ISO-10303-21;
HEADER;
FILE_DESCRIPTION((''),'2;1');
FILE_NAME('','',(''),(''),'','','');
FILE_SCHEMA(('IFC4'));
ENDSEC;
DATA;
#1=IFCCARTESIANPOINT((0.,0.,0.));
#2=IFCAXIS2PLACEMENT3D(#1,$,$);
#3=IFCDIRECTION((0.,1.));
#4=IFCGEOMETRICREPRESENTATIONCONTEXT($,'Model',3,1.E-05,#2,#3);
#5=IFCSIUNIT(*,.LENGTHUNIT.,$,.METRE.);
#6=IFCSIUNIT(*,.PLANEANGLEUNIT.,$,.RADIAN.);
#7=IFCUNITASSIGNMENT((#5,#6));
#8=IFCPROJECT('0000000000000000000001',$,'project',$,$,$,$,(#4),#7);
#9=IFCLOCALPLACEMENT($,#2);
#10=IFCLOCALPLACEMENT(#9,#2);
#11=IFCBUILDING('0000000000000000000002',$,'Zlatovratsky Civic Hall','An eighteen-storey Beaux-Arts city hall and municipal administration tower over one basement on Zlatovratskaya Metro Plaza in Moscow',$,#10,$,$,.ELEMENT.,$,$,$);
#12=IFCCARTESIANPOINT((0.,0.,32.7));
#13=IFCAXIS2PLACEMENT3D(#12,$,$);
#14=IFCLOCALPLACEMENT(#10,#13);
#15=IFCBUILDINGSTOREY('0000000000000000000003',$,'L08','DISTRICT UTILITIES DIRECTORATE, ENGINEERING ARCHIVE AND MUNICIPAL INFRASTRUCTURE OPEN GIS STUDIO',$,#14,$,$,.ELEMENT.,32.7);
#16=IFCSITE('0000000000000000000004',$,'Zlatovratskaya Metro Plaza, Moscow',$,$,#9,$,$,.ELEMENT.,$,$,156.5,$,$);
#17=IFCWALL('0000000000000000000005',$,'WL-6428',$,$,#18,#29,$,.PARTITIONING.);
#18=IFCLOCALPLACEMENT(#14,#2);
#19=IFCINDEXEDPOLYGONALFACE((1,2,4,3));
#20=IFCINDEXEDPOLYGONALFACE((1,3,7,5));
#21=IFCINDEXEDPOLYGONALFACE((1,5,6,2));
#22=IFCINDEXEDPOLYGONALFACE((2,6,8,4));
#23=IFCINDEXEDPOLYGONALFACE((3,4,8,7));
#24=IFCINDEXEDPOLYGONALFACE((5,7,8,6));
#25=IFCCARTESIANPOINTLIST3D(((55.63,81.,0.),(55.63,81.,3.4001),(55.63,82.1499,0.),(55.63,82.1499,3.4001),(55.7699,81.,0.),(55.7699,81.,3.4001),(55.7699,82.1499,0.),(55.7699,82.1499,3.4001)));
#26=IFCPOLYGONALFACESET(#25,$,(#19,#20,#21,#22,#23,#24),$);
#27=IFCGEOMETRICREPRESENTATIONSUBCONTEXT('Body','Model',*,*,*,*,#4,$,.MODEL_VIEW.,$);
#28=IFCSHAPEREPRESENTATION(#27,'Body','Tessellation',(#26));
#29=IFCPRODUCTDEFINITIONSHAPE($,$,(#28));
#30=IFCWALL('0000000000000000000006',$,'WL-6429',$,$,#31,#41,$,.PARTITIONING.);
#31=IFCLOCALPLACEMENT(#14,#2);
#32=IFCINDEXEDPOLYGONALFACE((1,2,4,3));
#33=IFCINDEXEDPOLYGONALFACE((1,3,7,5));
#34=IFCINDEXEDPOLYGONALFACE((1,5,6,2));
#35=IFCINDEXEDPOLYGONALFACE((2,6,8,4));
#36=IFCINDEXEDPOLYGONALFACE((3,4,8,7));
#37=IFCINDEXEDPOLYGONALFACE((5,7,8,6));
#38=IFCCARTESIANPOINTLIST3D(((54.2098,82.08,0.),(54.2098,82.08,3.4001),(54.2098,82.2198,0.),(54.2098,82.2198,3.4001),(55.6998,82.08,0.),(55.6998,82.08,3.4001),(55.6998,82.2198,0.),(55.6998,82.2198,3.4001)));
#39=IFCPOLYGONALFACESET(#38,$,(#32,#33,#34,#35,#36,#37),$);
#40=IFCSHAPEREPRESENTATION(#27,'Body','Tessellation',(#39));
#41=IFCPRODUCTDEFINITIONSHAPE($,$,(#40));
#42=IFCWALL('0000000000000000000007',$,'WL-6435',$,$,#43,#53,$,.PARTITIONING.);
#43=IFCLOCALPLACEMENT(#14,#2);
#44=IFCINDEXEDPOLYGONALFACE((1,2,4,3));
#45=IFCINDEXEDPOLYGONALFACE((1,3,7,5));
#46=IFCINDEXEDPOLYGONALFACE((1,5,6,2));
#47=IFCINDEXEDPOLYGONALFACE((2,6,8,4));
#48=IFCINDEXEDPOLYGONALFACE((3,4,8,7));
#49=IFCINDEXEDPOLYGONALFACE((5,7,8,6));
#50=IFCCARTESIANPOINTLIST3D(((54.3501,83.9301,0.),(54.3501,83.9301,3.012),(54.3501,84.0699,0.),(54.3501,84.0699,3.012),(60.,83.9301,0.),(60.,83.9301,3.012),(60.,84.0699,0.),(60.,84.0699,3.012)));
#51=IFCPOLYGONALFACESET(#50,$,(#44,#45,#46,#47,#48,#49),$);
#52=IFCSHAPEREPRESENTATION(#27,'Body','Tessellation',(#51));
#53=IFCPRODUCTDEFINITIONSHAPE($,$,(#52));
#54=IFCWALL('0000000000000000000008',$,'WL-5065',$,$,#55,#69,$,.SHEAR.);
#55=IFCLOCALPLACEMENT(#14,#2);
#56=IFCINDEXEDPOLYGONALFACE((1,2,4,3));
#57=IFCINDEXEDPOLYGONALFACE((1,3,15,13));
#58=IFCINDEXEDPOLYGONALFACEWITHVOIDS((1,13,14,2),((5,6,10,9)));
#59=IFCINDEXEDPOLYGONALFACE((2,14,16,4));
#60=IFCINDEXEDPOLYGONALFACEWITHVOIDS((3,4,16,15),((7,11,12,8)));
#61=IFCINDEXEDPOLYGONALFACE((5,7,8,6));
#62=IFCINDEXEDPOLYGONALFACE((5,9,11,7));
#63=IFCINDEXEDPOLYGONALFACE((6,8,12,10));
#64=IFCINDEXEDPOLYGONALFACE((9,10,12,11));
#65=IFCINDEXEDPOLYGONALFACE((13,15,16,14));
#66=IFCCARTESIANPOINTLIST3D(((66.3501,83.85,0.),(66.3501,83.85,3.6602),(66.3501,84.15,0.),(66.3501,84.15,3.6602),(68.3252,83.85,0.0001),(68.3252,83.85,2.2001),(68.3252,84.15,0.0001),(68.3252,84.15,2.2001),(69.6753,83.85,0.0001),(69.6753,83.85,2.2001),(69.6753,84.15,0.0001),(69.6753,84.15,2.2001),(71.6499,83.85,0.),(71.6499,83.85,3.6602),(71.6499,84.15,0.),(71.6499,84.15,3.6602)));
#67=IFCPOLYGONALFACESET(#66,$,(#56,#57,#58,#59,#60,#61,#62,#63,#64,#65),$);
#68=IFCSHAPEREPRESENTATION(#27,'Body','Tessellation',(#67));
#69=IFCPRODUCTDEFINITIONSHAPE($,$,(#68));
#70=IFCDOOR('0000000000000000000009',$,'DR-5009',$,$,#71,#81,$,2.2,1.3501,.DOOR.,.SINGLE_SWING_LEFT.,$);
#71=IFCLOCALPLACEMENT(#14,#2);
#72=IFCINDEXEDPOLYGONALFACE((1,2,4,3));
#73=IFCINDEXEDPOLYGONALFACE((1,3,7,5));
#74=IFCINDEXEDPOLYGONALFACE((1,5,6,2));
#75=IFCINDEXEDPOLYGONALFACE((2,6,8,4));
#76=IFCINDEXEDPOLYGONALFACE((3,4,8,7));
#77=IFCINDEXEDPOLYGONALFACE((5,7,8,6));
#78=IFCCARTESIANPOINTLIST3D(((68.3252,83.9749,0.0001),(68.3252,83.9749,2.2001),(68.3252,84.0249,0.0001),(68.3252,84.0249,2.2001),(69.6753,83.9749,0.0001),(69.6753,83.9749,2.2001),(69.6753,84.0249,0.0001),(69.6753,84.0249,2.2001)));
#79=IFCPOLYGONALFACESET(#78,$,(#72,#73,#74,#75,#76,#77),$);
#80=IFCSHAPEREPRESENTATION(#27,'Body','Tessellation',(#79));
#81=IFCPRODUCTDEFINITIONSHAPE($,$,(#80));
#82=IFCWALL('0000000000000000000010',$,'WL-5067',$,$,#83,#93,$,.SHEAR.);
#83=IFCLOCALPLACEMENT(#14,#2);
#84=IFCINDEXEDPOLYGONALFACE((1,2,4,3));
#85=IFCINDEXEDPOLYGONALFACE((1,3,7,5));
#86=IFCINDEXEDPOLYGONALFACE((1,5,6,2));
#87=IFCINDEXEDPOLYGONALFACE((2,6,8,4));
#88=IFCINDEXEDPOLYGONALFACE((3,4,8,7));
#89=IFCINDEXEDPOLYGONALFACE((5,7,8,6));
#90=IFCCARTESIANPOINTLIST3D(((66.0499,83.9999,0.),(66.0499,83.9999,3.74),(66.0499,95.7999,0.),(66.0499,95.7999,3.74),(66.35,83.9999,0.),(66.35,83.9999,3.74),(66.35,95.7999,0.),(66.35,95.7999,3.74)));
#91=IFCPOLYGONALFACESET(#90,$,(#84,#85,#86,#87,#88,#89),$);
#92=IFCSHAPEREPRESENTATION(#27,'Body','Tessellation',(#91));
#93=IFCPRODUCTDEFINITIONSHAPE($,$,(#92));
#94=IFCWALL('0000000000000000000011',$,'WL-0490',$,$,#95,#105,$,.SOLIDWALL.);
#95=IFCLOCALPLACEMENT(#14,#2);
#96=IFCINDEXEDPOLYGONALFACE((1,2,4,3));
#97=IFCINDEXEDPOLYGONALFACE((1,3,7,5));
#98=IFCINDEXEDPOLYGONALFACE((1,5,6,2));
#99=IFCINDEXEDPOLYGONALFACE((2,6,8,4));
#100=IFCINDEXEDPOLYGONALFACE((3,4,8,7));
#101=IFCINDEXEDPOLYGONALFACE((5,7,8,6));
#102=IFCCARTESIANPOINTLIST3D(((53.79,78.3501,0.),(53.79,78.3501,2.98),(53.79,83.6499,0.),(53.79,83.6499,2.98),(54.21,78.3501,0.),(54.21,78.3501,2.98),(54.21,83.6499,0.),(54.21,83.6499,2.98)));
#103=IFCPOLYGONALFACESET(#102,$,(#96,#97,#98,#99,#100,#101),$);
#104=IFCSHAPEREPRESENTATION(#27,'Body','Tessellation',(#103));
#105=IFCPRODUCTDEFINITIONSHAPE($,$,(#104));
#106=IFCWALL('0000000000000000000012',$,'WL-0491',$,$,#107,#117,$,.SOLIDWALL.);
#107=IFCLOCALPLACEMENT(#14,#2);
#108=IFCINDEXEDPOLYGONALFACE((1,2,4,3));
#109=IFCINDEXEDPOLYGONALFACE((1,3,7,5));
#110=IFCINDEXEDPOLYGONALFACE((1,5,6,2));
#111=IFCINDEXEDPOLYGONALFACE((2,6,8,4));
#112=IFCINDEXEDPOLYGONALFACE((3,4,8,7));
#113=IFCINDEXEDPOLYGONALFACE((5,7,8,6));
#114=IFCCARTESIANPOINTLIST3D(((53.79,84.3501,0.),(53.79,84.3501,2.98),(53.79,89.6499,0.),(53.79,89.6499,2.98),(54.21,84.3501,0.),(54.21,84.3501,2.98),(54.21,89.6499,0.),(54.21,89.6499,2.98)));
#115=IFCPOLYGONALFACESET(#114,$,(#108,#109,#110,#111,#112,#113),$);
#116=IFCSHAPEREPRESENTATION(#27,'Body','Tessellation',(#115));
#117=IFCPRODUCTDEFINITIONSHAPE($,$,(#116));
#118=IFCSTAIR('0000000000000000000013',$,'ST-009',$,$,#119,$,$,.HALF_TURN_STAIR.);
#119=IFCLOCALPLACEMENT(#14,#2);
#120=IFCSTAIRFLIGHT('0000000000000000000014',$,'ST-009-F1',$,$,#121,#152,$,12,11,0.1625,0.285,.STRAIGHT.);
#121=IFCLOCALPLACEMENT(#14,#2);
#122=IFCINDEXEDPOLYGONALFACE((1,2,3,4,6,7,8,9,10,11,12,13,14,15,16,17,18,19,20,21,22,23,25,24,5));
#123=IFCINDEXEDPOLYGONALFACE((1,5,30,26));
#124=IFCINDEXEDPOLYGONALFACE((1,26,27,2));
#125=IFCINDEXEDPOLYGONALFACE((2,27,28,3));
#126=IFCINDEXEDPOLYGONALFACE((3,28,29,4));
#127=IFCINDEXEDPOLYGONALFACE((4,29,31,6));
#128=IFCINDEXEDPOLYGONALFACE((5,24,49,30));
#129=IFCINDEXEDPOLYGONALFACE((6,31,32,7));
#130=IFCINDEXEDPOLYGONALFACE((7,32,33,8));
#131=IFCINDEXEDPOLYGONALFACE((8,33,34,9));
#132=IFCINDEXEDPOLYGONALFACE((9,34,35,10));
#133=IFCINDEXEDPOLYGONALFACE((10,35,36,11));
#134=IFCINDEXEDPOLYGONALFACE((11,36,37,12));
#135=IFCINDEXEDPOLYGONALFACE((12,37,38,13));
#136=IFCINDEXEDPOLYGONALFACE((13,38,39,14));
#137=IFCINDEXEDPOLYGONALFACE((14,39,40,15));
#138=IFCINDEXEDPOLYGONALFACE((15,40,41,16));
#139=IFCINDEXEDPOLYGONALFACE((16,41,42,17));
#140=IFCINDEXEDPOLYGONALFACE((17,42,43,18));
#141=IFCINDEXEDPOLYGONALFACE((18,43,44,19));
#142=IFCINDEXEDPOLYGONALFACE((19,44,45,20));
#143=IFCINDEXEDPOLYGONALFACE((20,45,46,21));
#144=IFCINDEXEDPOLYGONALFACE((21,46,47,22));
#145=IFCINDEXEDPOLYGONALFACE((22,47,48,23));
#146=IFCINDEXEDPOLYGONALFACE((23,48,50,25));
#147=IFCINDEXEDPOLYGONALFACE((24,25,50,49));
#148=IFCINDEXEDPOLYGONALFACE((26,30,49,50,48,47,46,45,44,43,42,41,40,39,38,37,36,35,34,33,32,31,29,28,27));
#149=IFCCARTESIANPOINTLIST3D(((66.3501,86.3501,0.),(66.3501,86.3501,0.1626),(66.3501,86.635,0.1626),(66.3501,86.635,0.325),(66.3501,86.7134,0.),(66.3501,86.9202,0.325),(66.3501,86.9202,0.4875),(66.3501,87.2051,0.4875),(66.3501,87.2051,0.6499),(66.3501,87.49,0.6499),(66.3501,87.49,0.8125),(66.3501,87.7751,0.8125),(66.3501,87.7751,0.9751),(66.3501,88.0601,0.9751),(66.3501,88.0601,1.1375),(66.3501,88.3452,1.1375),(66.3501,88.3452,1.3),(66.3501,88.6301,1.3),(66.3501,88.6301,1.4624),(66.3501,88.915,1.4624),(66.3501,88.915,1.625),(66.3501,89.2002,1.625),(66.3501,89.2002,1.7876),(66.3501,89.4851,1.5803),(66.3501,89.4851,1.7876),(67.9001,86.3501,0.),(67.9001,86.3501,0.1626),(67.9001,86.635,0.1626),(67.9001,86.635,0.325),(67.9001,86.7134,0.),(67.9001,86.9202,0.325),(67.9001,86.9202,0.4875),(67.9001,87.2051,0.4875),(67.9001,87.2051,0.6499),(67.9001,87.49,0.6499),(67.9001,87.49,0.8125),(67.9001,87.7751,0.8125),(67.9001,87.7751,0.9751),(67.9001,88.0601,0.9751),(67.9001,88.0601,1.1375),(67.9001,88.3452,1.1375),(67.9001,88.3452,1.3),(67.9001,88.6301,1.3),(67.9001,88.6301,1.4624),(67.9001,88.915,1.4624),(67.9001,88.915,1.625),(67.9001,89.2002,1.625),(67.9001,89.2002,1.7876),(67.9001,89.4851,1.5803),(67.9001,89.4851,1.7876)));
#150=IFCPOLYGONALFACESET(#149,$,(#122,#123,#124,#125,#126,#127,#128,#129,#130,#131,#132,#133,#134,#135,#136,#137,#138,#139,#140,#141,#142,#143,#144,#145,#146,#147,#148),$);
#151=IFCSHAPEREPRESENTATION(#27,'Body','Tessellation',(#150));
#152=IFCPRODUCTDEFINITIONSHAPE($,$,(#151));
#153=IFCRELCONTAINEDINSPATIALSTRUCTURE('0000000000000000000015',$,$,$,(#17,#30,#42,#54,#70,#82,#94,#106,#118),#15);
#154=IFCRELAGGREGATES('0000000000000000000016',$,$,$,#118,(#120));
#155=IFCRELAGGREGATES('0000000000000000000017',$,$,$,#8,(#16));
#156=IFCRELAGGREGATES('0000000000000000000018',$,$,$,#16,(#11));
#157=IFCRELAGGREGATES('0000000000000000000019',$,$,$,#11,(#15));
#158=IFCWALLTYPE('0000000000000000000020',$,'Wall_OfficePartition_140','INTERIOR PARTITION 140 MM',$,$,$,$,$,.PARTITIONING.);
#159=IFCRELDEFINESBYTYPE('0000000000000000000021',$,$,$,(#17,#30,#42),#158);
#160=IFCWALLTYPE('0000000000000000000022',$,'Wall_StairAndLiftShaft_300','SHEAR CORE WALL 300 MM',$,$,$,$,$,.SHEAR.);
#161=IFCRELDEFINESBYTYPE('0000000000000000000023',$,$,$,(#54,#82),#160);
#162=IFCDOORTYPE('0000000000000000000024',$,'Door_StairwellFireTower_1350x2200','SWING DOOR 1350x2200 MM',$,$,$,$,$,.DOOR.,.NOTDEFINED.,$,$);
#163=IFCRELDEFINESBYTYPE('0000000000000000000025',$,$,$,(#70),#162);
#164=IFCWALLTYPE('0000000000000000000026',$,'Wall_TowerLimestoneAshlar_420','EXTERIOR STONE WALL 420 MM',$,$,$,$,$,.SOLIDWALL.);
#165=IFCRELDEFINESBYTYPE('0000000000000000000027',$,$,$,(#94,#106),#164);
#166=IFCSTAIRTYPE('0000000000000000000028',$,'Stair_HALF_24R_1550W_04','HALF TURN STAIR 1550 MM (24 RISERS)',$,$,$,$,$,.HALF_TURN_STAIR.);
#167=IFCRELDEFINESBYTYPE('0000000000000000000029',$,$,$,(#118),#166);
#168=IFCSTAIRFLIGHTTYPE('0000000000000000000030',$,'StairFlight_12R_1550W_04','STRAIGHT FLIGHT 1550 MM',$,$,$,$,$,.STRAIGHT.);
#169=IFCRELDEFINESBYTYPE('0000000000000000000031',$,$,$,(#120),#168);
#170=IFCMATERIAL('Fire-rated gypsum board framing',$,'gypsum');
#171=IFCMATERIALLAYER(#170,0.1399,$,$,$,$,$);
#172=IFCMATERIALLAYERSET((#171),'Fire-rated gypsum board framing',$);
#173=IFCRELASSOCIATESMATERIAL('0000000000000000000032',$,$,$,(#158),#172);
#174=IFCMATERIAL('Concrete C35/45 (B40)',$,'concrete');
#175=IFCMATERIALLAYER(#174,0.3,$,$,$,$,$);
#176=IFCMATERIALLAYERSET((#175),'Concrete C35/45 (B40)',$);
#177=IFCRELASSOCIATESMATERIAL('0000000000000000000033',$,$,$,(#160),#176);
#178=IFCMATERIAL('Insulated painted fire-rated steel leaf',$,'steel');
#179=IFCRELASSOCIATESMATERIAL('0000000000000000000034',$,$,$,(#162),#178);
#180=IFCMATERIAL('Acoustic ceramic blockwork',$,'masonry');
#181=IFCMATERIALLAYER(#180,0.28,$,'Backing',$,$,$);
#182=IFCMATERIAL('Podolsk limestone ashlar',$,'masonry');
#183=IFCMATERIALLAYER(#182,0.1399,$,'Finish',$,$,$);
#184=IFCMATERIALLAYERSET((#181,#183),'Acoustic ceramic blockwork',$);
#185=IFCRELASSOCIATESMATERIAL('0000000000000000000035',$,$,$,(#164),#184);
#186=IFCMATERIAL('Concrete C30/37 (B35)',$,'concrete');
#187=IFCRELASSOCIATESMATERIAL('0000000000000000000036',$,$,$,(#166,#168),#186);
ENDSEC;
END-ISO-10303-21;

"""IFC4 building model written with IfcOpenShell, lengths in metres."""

from ifc_helpers import new_model, si_unit, direction, frame, frame_2d, origin, place, context, subcontext, project, spatial, polyline, rectangle, outline, extrude, material, layer, layer_set, type_object, element, fill, aggregate, save


model = new_model("IFC4")

# Units and contexts
model_context = context("Model", 3, precision=1e-05, world=origin(), true_north=direction((0.0, 1.0)))
body_context = subcontext(model_context, "Body", "Model", "MODEL_VIEW")
ifc_project = project(units=[si_unit("LENGTHUNIT", "METRE"), si_unit("PLANEANGLEUNIT", "RADIAN")], contexts=[model_context])

# Site, building, storey
site_placement = place(None, origin())
site = spatial("IfcSite", under=ifc_project, at=site_placement, Name="Zlatovratskaya Metro Plaza, Moscow", CompositionType="ELEMENT", RefElevation=156.5)
building_placement = place(site_placement, origin())
building = spatial("IfcBuilding", under=site, at=building_placement, Name="Zlatovratsky Civic Hall", Description="An eighteen-storey Beaux-Arts city hall and municipal administration tower over one basement on Zlatovratskaya Metro Plaza in Moscow", CompositionType="ELEMENT")
storey_placement = place(building_placement, frame((0.0, 0.0, 32.7)))
storey = spatial("IfcBuildingStorey", under=building, at=storey_placement, Name="L08", Description="DISTRICT UTILITIES DIRECTORATE, ENGINEERING ARCHIVE AND MUNICIPAL INFRASTRUCTURE OPEN GIS STUDIO", CompositionType="ELEMENT", Elevation=32.7)

# Shared definitions
ifc_material_1 = material(Name="Concrete C35/45 (B40)", Category="concrete")

# Shared definitions
ifc_material_2 = material(Name="Acoustic ceramic blockwork", Category="masonry")

# Shared definitions
ifc_material_3 = material(Name="Fire-rated gypsum board framing", Category="gypsum")
ifc_layer_1 = layer(ifc_material_3, 0.1399)
ifc_layer_set_1 = layer_set([ifc_layer_1], Name="Fire-rated gypsum board framing")
wall_type_1 = type_object("IfcWallType", Name="Wall_OfficePartition_140", Description="INTERIOR PARTITION 140 MM", PredefinedType="PARTITIONING", material=ifc_layer_set_1)

# Walls
wall_1_placement = place(storey_placement, frame((55.7, 81.0, 0.0), z_axis=(0.0, 0.0, 1.0), x_axis=(0.0, 1.0, 0.0)))
element("IfcWall", 1, at=wall_1_placement, inside=storey, type_object=wall_type_1, Name="WL-6428", PredefinedType="PARTITIONING", context=body_context, shape_type="SweptSolid", body=[
    extrude(rectangle(XDim=1.1499, YDim=0.1399, at=frame_2d((0.575, 0.0))), origin(), (0.0, 0.0, 1.0), 3.4001),
])
wall_2_placement = place(storey_placement, frame((55.7, 82.1499, 0.0), z_axis=(0.0, 0.0, 1.0), x_axis=(-1.0, 0.0, 0.0)))
element("IfcWall", 2, at=wall_2_placement, inside=storey, type_object=wall_type_1, Name="WL-6429", PredefinedType="PARTITIONING", context=body_context, shape_type="SweptSolid", body=[
    extrude(rectangle(XDim=1.49, YDim=0.1399, at=frame_2d((0.7451, 0.0))), origin(), (0.0, 0.0, 1.0), 3.4001),
])
wall_3_placement = place(storey_placement, frame((54.3501, 84.0, 0.0), z_axis=(0.0, 0.0, 1.0), x_axis=(1.0, 0.0, 0.0)))
element("IfcWall", 3, at=wall_3_placement, inside=storey, type_object=wall_type_1, Name="WL-6435", PredefinedType="PARTITIONING", context=body_context, shape_type="SweptSolid", body=[
    extrude(rectangle(XDim=5.6499, YDim=0.1399, at=frame_2d((2.825, 0.0))), origin(), (0.0, 0.0, 1.0), 3.012),
])

# Wall, opening, door
ifc_layer_2 = layer(ifc_material_1, 0.3)
ifc_layer_set_2 = layer_set([ifc_layer_2], Name="Concrete C35/45 (B40)")
wall_type_2 = type_object("IfcWallType", Name="Wall_StairAndLiftShaft_300", Description="SHEAR CORE WALL 300 MM", PredefinedType="SHEAR", material=ifc_layer_set_2)
wall_4_placement = place(storey_placement, frame((66.3501, 84.0, 0.0), z_axis=(0.0, 0.0, 1.0), x_axis=(1.0, 0.0, 0.0)))
wall_4 = element("IfcWall", 4, at=wall_4_placement, inside=storey, type_object=wall_type_2, Name="WL-5065", PredefinedType="SHEAR", context=body_context, shape_type="SweptSolid", body=[
    extrude(rectangle(XDim=5.2998, YDim=0.3, at=frame_2d((2.6499, 0.0))), origin(), (0.0, 0.0, 1.0), 3.6602),
])
opening_1_placement = place(wall_4_placement, frame((1.9751, 0.0, 0.0)))
opening_1 = element("IfcOpeningElement", 5, at=opening_1_placement, cuts=wall_4, PredefinedType="OPENING", context=body_context, shape_type="SweptSolid", body=[
    extrude(rectangle(XDim=1.3501, YDim=2.2, at=frame_2d((0.675, 1.1001))), frame((0.0, 0.165, 0.0), z_axis=(0.0, -1.0, 0.0), x_axis=(1.0, 0.0, 0.0)), (0.0, 0.0, 1.0), 0.3298),
])
ifc_material_4 = material(Name="Insulated painted fire-rated steel leaf", Category="steel")
door_type_1 = type_object("IfcDoorType", Name="Door_StairwellFireTower_1350x2200", Description="SWING DOOR 1350x2200 MM", OperationType="NOTDEFINED", PredefinedType="DOOR", material=ifc_material_4)
door_1_placement = place(opening_1_placement, origin())
door_1 = element("IfcDoor", 6, at=door_1_placement, inside=storey, type_object=door_type_1, Name="DR-5009", OperationType="SINGLE_SWING_LEFT", OverallHeight=2.2, OverallWidth=1.3501, PredefinedType="DOOR", context=body_context, shape_type="SweptSolid", body=[
    extrude(rectangle(XDim=1.3501, YDim=2.2, at=frame_2d((0.675, 1.1001))), frame((0.0, 0.0249, 0.0), z_axis=(0.0, -1.0, 0.0), x_axis=(1.0, 0.0, 0.0)), (0.0, 0.0, 1.0), 0.05),
])
fill(opening_1, door_1)

# Walls
wall_5_placement = place(storey_placement, frame((66.2, 84.0, 0.0), z_axis=(0.0, 0.0, 1.0), x_axis=(0.0, 1.0, 0.0)))
element("IfcWall", 7, at=wall_5_placement, inside=storey, type_object=wall_type_2, Name="WL-5067", PredefinedType="SHEAR", context=body_context, shape_type="SweptSolid", body=[
    extrude(rectangle(XDim=11.8, YDim=0.3, at=frame_2d((5.8999, 0.0))), origin(), (0.0, 0.0, 1.0), 3.74),
])
ifc_layer_3 = layer(ifc_material_2, 0.28, Name="Backing")
ifc_material_5 = material(Name="Podolsk limestone ashlar", Category="masonry")
ifc_layer_4 = layer(ifc_material_5, 0.1399, Name="Finish")
ifc_layer_set_3 = layer_set([ifc_layer_3, ifc_layer_4], Name="Acoustic ceramic blockwork")
wall_type_3 = type_object("IfcWallType", Name="Wall_TowerLimestoneAshlar_420", Description="EXTERIOR STONE WALL 420 MM", PredefinedType="SOLIDWALL", material=ifc_layer_set_3)
for number, where, z_axis, x_axis, name in (
    (8, (54.0, 78.3501, 0.0), (0.0, 0.0, 1.0), (0.0, 1.0, 0.0), "WL-0490"),
    (9, (54.0, 84.3501, 0.0), (0.0, 0.0, 1.0), (0.0, 1.0, 0.0), "WL-0491"),
):
    element("IfcWall", number, at=place(storey_placement, frame(where, z_axis=z_axis, x_axis=x_axis)), inside=storey, type_object=wall_type_3, Name=name, PredefinedType="SOLIDWALL", context=body_context, shape_type="SweptSolid", body=[
        extrude(rectangle(XDim=5.2998, YDim=0.4199, at=frame_2d((2.6499, 0.0))), origin(), (0.0, 0.0, 1.0), 2.98),
    ])

# Stair, stair flight
ifc_material_6 = material(Name="Concrete C30/37 (B35)", Category="concrete")
stair_type = type_object("IfcStairType", Name="Stair_HALF_24R_1550W_04", Description="HALF TURN STAIR 1550 MM (24 RISERS)", PredefinedType="HALF_TURN_STAIR", material=ifc_material_6)
stair_placement = place(storey_placement, origin())
stair = element("IfcStair", 10, at=stair_placement, inside=storey, type_object=stair_type, Name="ST-009", PredefinedType="HALF_TURN_STAIR")
stair_flight_type = type_object("IfcStairFlightType", Name="StairFlight_12R_1550W_04", Description="STRAIGHT FLIGHT 1550 MM", PredefinedType="STRAIGHT", material=ifc_material_6)
stair_flight_placement = place(storey_placement, frame((67.125, 86.3501, 0.0), z_axis=(0.0, 0.0, 1.0), x_axis=(0.0, 1.0, 0.0)))
stair_flight = element("IfcStairFlight", 11, at=stair_flight_placement, type_object=stair_flight_type, Name="ST-009-F1", NumberOfRisers=12, NumberOfTreads=11, PredefinedType="STRAIGHT", RiserHeight=0.1625, TreadLength=0.285, context=body_context, shape_type="SweptSolid", body=[
    extrude(outline(polyline([(0.0, 0.0), (0.0, 0.1626), (0.2849, 0.1626), (0.2849, 0.325), (0.5701, 0.325), (0.5701, 0.4875), (0.855, 0.4875), (0.855, 0.6499), (1.1399, 0.6499), (1.1399, 0.8125), (1.425, 0.8125), (1.425, 0.9751), (1.71, 0.9751), (1.71, 1.1375), (1.9951, 1.1375), (1.9951, 1.3), (2.28, 1.3), (2.28, 1.4624), (2.5649, 1.4624), (2.5649, 1.625), (2.8501, 1.625), (2.8501, 1.7876), (3.135, 1.7876), (3.135, 1.95), (3.135, 1.5803), (0.3633, 0.0), (0.0, 0.0)])), frame((0.0, 0.7749, 0.0), z_axis=(0.0, -1.0, 0.0), x_axis=(1.0, 0.0, 0.0)), (0.0, 0.0, 1.0), 1.55),
])
aggregate(stair, [stair_flight])

save(model, "model.ifc")
